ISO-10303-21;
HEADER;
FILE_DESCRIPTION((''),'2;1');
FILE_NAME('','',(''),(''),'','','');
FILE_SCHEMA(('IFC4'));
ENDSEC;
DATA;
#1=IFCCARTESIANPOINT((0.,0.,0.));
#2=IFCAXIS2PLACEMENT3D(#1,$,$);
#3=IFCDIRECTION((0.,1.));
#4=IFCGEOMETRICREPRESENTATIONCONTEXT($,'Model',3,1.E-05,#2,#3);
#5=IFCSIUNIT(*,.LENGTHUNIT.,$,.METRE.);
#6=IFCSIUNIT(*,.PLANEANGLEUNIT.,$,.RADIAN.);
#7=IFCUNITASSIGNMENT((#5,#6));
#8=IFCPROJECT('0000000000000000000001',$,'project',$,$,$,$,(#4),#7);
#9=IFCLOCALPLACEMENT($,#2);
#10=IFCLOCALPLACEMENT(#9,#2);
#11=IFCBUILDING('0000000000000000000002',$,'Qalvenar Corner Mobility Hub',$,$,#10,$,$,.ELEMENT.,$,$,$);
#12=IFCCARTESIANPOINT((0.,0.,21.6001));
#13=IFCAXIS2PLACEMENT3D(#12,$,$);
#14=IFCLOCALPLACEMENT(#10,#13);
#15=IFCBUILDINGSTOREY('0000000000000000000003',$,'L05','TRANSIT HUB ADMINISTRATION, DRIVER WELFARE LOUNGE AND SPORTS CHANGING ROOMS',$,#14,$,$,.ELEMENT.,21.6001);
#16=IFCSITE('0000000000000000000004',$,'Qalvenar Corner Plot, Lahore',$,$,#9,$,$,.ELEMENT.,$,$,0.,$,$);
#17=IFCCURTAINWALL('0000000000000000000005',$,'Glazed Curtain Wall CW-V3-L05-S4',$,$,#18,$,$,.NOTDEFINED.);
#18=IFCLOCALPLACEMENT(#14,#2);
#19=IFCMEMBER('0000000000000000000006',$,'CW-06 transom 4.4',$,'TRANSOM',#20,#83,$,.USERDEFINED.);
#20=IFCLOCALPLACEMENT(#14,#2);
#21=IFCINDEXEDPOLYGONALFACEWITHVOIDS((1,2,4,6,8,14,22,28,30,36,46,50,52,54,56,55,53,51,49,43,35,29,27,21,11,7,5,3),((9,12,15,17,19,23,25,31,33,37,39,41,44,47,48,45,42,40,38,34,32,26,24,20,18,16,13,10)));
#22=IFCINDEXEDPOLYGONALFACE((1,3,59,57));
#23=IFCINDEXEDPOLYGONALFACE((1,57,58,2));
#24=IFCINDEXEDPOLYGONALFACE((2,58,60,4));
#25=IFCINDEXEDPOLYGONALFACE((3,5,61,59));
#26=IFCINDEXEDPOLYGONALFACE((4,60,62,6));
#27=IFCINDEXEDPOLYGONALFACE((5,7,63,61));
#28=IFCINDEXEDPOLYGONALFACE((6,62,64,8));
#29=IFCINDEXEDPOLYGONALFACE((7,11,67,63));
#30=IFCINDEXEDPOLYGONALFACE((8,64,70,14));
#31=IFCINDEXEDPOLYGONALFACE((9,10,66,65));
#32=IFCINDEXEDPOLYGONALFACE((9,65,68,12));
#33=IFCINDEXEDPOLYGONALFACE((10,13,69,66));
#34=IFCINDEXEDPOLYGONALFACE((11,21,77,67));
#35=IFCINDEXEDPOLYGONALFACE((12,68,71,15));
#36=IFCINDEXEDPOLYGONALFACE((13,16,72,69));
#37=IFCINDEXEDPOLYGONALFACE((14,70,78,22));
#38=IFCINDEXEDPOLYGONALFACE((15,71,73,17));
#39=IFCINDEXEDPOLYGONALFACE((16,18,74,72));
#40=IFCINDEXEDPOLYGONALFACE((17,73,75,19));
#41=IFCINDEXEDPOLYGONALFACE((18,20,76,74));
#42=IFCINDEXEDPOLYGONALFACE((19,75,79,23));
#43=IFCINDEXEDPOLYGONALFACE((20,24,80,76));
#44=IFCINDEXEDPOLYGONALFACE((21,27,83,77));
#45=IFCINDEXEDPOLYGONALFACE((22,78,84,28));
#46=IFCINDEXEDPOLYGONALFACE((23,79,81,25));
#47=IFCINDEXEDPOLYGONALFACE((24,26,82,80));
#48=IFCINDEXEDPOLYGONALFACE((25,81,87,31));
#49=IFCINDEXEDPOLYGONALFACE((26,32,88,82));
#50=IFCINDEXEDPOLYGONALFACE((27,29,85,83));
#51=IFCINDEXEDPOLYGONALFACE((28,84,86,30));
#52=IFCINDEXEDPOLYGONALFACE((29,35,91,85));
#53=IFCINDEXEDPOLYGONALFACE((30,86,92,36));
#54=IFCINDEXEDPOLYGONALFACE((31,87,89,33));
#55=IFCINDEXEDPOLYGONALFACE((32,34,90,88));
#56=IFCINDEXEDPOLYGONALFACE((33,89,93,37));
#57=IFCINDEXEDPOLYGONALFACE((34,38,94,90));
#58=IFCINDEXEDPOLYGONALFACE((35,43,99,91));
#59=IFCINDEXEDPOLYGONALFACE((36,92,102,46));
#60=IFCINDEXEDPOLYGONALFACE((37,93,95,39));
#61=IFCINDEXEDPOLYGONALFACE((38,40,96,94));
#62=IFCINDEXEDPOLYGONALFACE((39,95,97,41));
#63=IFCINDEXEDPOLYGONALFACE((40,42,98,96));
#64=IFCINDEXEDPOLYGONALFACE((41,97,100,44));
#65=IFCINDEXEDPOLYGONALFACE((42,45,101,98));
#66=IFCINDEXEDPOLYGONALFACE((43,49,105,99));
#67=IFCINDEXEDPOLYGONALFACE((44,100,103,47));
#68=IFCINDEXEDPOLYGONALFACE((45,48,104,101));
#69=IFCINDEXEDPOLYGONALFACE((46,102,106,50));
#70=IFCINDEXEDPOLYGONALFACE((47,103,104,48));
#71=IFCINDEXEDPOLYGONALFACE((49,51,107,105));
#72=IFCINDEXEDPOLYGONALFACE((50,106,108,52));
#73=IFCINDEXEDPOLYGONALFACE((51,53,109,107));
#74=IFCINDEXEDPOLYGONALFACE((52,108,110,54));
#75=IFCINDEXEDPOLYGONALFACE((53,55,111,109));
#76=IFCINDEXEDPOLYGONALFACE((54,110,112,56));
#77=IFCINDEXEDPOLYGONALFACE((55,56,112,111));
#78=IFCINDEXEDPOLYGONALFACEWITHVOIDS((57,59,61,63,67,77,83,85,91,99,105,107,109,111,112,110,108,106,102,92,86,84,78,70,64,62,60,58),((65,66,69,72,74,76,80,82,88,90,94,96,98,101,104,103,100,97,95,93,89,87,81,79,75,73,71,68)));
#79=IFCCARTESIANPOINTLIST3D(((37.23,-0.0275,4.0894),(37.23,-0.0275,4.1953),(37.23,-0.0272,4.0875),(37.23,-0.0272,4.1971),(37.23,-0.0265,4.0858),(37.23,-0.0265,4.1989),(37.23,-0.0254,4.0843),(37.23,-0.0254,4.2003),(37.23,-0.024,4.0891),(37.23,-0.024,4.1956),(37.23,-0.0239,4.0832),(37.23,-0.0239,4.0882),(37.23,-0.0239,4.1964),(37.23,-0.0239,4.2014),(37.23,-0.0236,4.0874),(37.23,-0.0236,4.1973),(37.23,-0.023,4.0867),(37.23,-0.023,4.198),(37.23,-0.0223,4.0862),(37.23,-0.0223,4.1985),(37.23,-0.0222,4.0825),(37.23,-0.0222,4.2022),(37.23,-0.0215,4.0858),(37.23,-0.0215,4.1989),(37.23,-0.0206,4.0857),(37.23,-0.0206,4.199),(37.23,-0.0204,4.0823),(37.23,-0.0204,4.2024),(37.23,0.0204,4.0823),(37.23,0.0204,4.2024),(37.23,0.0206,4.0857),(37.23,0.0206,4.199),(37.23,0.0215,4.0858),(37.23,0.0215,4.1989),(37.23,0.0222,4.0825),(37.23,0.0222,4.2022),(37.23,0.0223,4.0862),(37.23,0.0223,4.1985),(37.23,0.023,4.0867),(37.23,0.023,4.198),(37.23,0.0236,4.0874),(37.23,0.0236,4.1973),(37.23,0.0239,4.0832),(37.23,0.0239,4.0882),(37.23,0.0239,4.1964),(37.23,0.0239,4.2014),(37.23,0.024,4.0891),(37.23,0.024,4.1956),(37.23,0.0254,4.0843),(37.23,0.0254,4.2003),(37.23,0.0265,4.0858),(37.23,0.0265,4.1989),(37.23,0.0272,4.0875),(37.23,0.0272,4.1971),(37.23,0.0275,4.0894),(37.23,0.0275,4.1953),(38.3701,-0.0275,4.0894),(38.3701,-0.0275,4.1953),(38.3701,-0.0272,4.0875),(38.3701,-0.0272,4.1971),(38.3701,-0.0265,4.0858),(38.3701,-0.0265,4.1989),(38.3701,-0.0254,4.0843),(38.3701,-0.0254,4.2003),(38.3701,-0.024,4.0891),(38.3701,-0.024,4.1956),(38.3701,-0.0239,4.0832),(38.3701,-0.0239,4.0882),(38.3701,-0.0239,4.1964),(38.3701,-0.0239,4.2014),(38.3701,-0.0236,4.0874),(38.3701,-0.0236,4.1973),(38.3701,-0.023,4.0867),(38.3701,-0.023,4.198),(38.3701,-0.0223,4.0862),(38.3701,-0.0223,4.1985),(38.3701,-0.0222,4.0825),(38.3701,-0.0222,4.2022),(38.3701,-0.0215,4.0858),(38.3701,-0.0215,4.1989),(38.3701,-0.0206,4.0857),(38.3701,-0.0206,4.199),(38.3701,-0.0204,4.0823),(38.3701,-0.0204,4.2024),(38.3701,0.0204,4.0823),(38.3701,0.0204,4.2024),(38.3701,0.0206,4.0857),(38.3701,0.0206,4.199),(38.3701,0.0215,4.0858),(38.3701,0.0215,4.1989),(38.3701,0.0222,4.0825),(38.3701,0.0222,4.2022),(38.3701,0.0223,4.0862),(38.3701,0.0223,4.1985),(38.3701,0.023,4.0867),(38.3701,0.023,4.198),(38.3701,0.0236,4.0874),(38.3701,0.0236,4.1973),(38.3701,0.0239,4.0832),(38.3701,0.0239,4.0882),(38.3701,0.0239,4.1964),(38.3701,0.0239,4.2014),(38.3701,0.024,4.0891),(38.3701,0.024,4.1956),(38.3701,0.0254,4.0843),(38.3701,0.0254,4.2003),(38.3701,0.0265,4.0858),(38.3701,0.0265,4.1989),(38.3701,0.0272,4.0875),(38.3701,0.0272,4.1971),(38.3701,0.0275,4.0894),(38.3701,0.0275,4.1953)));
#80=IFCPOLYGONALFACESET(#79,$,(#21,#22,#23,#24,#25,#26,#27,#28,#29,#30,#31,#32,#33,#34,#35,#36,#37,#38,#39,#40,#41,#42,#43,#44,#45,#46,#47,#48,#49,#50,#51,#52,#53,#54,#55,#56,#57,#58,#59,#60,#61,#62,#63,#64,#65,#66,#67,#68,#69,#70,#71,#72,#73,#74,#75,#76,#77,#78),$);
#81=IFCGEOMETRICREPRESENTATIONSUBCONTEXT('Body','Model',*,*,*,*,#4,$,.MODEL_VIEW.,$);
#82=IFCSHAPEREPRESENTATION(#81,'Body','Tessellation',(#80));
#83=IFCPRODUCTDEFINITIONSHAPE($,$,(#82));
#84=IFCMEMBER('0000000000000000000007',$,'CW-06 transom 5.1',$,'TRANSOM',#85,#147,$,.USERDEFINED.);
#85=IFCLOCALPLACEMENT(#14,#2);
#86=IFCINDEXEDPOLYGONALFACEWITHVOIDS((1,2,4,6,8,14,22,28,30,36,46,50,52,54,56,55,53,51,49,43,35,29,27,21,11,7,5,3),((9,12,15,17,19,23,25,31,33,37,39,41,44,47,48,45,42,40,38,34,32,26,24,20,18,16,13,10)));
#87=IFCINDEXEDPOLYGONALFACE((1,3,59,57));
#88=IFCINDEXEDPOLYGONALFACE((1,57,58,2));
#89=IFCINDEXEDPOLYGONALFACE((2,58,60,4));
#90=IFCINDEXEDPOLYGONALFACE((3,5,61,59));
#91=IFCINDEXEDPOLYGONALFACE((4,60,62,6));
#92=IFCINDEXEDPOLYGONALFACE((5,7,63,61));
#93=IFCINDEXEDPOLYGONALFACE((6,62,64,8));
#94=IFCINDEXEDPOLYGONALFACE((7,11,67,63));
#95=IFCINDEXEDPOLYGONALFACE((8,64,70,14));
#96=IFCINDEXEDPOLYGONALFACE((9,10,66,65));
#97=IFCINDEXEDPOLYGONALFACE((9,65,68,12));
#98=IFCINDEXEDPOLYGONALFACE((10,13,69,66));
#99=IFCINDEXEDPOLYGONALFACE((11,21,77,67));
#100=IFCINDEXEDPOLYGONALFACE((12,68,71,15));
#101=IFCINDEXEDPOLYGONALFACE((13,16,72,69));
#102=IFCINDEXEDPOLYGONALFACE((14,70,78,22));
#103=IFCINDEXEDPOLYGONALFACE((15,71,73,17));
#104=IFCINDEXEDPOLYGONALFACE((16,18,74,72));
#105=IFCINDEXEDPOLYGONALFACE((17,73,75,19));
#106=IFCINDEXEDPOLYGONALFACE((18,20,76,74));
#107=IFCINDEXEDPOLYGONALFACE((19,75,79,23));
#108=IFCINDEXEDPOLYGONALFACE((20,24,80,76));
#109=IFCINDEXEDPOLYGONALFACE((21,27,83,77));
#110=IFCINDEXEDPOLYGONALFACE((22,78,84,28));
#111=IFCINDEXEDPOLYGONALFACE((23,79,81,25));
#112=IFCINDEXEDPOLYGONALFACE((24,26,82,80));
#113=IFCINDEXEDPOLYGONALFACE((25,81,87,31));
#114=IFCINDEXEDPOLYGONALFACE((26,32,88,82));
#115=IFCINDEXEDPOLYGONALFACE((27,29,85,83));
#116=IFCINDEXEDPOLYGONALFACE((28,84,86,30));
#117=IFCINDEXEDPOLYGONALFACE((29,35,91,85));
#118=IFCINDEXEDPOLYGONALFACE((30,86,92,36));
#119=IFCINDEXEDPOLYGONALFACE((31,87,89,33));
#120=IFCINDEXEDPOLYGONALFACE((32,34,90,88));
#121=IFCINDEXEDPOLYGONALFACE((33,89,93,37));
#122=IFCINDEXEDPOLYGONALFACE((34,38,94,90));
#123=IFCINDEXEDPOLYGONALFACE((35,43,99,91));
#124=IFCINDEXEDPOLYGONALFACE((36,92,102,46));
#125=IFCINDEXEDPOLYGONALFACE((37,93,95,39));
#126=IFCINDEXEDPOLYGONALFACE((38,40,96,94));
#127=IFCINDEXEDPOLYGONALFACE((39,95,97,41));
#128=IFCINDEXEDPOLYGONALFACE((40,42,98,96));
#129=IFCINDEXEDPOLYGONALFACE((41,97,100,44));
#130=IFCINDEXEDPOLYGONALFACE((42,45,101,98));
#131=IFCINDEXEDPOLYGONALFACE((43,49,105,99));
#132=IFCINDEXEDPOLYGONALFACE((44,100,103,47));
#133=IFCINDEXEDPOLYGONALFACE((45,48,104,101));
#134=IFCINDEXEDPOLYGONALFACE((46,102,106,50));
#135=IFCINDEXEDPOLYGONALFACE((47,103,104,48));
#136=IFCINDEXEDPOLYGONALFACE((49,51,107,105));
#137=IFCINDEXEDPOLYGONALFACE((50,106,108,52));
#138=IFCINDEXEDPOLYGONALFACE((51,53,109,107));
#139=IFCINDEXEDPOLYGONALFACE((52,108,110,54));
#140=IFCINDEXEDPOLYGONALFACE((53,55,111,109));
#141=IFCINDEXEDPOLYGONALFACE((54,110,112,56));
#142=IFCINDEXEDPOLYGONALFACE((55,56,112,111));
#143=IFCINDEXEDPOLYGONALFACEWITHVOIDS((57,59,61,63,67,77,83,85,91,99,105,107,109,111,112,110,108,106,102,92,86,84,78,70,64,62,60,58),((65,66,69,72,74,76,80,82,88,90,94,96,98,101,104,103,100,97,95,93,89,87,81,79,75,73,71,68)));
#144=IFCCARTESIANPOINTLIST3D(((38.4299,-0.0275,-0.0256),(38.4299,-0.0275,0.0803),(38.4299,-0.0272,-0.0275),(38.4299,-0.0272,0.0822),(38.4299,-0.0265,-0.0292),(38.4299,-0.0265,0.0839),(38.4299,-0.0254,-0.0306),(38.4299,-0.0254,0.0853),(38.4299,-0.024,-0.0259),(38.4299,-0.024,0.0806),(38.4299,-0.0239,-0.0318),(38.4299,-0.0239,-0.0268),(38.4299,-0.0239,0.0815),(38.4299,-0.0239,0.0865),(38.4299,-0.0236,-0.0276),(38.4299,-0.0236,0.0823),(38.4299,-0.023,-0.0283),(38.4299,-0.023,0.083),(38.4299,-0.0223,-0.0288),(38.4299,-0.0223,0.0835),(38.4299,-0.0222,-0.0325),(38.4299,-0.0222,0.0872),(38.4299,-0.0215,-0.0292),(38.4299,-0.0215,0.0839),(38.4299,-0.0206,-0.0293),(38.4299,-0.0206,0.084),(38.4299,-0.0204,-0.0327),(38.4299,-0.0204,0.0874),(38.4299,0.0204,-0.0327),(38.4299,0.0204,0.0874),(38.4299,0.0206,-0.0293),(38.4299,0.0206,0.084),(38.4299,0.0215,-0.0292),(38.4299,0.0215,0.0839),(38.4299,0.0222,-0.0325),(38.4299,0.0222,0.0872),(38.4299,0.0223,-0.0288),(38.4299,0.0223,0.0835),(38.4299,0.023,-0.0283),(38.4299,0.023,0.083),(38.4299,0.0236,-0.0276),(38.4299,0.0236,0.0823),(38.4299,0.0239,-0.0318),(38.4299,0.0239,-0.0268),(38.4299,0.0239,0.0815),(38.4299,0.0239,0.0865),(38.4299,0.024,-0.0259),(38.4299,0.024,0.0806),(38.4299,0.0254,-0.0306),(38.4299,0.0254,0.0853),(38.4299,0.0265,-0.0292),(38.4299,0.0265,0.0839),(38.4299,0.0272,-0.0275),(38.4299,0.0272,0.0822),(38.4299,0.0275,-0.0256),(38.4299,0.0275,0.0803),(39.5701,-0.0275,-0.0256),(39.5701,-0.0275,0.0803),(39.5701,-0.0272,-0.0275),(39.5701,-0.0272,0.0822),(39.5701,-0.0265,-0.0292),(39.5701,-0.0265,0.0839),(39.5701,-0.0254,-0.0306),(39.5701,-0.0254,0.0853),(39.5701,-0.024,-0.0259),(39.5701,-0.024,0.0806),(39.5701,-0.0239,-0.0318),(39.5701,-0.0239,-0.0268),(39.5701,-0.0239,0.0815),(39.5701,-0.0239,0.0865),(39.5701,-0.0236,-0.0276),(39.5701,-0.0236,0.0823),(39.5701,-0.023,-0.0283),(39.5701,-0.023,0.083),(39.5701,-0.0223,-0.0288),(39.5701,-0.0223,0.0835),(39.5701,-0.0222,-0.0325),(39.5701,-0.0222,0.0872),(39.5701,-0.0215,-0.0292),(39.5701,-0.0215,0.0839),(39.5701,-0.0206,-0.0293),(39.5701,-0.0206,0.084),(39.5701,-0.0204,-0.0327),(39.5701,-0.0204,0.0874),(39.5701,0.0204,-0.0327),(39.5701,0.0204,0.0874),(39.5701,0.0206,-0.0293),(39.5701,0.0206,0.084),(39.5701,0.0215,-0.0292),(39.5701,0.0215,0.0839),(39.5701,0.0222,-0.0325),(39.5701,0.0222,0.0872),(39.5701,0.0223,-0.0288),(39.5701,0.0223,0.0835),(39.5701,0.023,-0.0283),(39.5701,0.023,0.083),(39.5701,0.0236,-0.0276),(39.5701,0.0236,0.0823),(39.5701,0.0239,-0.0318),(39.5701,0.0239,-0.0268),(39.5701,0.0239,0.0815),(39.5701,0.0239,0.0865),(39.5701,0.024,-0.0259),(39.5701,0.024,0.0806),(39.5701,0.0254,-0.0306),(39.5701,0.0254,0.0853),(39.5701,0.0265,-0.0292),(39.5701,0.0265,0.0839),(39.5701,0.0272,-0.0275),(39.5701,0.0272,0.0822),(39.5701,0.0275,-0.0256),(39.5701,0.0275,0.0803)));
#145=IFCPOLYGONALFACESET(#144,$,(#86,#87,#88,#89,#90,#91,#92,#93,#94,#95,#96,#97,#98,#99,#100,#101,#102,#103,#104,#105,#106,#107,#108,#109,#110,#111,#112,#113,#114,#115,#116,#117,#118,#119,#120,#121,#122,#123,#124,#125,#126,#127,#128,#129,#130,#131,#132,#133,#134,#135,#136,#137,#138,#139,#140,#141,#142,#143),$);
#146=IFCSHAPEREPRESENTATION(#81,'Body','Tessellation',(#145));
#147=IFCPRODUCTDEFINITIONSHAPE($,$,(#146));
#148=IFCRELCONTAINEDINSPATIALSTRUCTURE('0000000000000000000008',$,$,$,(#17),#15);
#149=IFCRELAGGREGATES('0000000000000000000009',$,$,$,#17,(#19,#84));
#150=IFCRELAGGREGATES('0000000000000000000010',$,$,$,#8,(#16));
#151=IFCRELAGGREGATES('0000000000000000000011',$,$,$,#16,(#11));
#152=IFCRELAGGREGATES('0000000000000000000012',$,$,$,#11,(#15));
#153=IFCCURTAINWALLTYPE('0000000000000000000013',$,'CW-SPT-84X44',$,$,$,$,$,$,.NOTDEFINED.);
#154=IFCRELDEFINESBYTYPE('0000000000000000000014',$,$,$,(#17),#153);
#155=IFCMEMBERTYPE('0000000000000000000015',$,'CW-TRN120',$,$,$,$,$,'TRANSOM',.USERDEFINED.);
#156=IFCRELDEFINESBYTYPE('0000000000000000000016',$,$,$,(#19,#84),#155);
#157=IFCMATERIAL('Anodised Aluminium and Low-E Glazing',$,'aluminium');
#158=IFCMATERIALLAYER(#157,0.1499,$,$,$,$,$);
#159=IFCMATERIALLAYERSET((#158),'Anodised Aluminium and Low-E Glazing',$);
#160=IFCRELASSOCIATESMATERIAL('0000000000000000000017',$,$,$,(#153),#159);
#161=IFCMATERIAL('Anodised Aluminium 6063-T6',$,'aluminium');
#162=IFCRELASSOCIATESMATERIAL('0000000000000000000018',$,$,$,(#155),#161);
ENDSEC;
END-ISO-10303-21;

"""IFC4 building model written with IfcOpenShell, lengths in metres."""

from ifc_helpers import new_model, si_unit, direction, frame, origin, origin_2d, place, context, subcontext, project, spatial, hollow_rectangle, extrude, material, layer, layer_set, material_profile, profile_set, type_object, element, aggregate, save


model = new_model("IFC4")

# Units and contexts
model_context = context("Model", 3, precision=1e-05, world=origin(), true_north=direction((0.0, 1.0)))
body_context = subcontext(model_context, "Body", "Model", "MODEL_VIEW")
ifc_project = project(units=[si_unit("LENGTHUNIT", "METRE"), si_unit("PLANEANGLEUNIT", "RADIAN")], contexts=[model_context])

# Site, building, storey
site_placement = place(None, origin())
site = spatial("IfcSite", under=ifc_project, at=site_placement, Name="Qalvenar Corner Plot, Lahore", CompositionType="ELEMENT", RefElevation=0.0)
building_placement = place(site_placement, origin())
building = spatial("IfcBuilding", under=site, at=building_placement, Name="Qalvenar Corner Mobility Hub", CompositionType="ELEMENT")
storey_placement = place(building_placement, frame((0.0, 0.0, 21.6001)))
storey = spatial("IfcBuildingStorey", under=building, at=storey_placement, Name="L05", Description="TRANSIT HUB ADMINISTRATION, DRIVER WELFARE LOUNGE AND SPORTS CHANGING ROOMS", CompositionType="ELEMENT", Elevation=21.6001)

# Curtain wall, members
ifc_material_1 = material(Name="Anodised Aluminium and Low-E Glazing", Category="aluminium")
ifc_layer_1 = layer(ifc_material_1, 0.1499)
ifc_layer_set_1 = layer_set([ifc_layer_1], Name="Anodised Aluminium and Low-E Glazing")
curtain_wall_type = type_object("IfcCurtainWallType", Name="CW-SPT-84X44", PredefinedType="NOTDEFINED", material=ifc_layer_set_1)
curtain_wall_placement = place(storey_placement, origin())
curtain_wall = element("IfcCurtainWall", 1, at=curtain_wall_placement, inside=storey, type_object=curtain_wall_type, Name="Glazed Curtain Wall CW-V3-L05-S4", PredefinedType="NOTDEFINED")
ifc_material_2 = material(Name="Anodised Aluminium 6063-T6", Category="aluminium")
ifc_material_profile_1 = material_profile(ifc_material_2, hollow_rectangle(XDim=0.0549, YDim=0.1201, WallThickness=0.0034, InnerFilletRadius=0.0034, OuterFilletRadius=0.0071, at=origin_2d()), Name="RHS120x55x3.5")
ifc_profile_set_1 = profile_set([ifc_material_profile_1], Name="Anodised Aluminium 6063-T6")
member_type_1 = type_object("IfcMemberType", Name="CW-TRN120", ElementType="TRANSOM", PredefinedType="USERDEFINED", material=ifc_profile_set_1)
member_1_placement = place(storey_placement, frame((37.23, 0.0, 4.1423), z_axis=(1.0, 0.0, 0.0), x_axis=(0.0, 1.0, 0.0)))
member_1 = element("IfcMember", 2, at=member_1_placement, type_object=member_type_1, Name="CW-06 transom 4.4", ObjectType="TRANSOM", PredefinedType="USERDEFINED", context=body_context, shape_type="SweptSolid", body=[
    extrude(hollow_rectangle(XDim=0.0549, YDim=0.1201, WallThickness=0.0034, InnerFilletRadius=0.0034, OuterFilletRadius=0.0071, at=origin_2d()), origin(), (0.0, 0.0, 1.0), 1.1401),
])
member_2_placement = place(storey_placement, frame((38.4299, 0.0, 0.0273), z_axis=(1.0, 0.0, 0.0), x_axis=(0.0, 1.0, 0.0)))
member_2 = element("IfcMember", 3, at=member_2_placement, type_object=member_type_1, Name="CW-06 transom 5.1", ObjectType="TRANSOM", PredefinedType="USERDEFINED", context=body_context, shape_type="SweptSolid", body=[
    extrude(hollow_rectangle(XDim=0.0549, YDim=0.1201, WallThickness=0.0034, InnerFilletRadius=0.0034, OuterFilletRadius=0.0071, at=origin_2d()), origin(), (0.0, 0.0, 1.0), 1.1401),
])
aggregate(curtain_wall, [member_1, member_2])

save(model, "model.ifc")
